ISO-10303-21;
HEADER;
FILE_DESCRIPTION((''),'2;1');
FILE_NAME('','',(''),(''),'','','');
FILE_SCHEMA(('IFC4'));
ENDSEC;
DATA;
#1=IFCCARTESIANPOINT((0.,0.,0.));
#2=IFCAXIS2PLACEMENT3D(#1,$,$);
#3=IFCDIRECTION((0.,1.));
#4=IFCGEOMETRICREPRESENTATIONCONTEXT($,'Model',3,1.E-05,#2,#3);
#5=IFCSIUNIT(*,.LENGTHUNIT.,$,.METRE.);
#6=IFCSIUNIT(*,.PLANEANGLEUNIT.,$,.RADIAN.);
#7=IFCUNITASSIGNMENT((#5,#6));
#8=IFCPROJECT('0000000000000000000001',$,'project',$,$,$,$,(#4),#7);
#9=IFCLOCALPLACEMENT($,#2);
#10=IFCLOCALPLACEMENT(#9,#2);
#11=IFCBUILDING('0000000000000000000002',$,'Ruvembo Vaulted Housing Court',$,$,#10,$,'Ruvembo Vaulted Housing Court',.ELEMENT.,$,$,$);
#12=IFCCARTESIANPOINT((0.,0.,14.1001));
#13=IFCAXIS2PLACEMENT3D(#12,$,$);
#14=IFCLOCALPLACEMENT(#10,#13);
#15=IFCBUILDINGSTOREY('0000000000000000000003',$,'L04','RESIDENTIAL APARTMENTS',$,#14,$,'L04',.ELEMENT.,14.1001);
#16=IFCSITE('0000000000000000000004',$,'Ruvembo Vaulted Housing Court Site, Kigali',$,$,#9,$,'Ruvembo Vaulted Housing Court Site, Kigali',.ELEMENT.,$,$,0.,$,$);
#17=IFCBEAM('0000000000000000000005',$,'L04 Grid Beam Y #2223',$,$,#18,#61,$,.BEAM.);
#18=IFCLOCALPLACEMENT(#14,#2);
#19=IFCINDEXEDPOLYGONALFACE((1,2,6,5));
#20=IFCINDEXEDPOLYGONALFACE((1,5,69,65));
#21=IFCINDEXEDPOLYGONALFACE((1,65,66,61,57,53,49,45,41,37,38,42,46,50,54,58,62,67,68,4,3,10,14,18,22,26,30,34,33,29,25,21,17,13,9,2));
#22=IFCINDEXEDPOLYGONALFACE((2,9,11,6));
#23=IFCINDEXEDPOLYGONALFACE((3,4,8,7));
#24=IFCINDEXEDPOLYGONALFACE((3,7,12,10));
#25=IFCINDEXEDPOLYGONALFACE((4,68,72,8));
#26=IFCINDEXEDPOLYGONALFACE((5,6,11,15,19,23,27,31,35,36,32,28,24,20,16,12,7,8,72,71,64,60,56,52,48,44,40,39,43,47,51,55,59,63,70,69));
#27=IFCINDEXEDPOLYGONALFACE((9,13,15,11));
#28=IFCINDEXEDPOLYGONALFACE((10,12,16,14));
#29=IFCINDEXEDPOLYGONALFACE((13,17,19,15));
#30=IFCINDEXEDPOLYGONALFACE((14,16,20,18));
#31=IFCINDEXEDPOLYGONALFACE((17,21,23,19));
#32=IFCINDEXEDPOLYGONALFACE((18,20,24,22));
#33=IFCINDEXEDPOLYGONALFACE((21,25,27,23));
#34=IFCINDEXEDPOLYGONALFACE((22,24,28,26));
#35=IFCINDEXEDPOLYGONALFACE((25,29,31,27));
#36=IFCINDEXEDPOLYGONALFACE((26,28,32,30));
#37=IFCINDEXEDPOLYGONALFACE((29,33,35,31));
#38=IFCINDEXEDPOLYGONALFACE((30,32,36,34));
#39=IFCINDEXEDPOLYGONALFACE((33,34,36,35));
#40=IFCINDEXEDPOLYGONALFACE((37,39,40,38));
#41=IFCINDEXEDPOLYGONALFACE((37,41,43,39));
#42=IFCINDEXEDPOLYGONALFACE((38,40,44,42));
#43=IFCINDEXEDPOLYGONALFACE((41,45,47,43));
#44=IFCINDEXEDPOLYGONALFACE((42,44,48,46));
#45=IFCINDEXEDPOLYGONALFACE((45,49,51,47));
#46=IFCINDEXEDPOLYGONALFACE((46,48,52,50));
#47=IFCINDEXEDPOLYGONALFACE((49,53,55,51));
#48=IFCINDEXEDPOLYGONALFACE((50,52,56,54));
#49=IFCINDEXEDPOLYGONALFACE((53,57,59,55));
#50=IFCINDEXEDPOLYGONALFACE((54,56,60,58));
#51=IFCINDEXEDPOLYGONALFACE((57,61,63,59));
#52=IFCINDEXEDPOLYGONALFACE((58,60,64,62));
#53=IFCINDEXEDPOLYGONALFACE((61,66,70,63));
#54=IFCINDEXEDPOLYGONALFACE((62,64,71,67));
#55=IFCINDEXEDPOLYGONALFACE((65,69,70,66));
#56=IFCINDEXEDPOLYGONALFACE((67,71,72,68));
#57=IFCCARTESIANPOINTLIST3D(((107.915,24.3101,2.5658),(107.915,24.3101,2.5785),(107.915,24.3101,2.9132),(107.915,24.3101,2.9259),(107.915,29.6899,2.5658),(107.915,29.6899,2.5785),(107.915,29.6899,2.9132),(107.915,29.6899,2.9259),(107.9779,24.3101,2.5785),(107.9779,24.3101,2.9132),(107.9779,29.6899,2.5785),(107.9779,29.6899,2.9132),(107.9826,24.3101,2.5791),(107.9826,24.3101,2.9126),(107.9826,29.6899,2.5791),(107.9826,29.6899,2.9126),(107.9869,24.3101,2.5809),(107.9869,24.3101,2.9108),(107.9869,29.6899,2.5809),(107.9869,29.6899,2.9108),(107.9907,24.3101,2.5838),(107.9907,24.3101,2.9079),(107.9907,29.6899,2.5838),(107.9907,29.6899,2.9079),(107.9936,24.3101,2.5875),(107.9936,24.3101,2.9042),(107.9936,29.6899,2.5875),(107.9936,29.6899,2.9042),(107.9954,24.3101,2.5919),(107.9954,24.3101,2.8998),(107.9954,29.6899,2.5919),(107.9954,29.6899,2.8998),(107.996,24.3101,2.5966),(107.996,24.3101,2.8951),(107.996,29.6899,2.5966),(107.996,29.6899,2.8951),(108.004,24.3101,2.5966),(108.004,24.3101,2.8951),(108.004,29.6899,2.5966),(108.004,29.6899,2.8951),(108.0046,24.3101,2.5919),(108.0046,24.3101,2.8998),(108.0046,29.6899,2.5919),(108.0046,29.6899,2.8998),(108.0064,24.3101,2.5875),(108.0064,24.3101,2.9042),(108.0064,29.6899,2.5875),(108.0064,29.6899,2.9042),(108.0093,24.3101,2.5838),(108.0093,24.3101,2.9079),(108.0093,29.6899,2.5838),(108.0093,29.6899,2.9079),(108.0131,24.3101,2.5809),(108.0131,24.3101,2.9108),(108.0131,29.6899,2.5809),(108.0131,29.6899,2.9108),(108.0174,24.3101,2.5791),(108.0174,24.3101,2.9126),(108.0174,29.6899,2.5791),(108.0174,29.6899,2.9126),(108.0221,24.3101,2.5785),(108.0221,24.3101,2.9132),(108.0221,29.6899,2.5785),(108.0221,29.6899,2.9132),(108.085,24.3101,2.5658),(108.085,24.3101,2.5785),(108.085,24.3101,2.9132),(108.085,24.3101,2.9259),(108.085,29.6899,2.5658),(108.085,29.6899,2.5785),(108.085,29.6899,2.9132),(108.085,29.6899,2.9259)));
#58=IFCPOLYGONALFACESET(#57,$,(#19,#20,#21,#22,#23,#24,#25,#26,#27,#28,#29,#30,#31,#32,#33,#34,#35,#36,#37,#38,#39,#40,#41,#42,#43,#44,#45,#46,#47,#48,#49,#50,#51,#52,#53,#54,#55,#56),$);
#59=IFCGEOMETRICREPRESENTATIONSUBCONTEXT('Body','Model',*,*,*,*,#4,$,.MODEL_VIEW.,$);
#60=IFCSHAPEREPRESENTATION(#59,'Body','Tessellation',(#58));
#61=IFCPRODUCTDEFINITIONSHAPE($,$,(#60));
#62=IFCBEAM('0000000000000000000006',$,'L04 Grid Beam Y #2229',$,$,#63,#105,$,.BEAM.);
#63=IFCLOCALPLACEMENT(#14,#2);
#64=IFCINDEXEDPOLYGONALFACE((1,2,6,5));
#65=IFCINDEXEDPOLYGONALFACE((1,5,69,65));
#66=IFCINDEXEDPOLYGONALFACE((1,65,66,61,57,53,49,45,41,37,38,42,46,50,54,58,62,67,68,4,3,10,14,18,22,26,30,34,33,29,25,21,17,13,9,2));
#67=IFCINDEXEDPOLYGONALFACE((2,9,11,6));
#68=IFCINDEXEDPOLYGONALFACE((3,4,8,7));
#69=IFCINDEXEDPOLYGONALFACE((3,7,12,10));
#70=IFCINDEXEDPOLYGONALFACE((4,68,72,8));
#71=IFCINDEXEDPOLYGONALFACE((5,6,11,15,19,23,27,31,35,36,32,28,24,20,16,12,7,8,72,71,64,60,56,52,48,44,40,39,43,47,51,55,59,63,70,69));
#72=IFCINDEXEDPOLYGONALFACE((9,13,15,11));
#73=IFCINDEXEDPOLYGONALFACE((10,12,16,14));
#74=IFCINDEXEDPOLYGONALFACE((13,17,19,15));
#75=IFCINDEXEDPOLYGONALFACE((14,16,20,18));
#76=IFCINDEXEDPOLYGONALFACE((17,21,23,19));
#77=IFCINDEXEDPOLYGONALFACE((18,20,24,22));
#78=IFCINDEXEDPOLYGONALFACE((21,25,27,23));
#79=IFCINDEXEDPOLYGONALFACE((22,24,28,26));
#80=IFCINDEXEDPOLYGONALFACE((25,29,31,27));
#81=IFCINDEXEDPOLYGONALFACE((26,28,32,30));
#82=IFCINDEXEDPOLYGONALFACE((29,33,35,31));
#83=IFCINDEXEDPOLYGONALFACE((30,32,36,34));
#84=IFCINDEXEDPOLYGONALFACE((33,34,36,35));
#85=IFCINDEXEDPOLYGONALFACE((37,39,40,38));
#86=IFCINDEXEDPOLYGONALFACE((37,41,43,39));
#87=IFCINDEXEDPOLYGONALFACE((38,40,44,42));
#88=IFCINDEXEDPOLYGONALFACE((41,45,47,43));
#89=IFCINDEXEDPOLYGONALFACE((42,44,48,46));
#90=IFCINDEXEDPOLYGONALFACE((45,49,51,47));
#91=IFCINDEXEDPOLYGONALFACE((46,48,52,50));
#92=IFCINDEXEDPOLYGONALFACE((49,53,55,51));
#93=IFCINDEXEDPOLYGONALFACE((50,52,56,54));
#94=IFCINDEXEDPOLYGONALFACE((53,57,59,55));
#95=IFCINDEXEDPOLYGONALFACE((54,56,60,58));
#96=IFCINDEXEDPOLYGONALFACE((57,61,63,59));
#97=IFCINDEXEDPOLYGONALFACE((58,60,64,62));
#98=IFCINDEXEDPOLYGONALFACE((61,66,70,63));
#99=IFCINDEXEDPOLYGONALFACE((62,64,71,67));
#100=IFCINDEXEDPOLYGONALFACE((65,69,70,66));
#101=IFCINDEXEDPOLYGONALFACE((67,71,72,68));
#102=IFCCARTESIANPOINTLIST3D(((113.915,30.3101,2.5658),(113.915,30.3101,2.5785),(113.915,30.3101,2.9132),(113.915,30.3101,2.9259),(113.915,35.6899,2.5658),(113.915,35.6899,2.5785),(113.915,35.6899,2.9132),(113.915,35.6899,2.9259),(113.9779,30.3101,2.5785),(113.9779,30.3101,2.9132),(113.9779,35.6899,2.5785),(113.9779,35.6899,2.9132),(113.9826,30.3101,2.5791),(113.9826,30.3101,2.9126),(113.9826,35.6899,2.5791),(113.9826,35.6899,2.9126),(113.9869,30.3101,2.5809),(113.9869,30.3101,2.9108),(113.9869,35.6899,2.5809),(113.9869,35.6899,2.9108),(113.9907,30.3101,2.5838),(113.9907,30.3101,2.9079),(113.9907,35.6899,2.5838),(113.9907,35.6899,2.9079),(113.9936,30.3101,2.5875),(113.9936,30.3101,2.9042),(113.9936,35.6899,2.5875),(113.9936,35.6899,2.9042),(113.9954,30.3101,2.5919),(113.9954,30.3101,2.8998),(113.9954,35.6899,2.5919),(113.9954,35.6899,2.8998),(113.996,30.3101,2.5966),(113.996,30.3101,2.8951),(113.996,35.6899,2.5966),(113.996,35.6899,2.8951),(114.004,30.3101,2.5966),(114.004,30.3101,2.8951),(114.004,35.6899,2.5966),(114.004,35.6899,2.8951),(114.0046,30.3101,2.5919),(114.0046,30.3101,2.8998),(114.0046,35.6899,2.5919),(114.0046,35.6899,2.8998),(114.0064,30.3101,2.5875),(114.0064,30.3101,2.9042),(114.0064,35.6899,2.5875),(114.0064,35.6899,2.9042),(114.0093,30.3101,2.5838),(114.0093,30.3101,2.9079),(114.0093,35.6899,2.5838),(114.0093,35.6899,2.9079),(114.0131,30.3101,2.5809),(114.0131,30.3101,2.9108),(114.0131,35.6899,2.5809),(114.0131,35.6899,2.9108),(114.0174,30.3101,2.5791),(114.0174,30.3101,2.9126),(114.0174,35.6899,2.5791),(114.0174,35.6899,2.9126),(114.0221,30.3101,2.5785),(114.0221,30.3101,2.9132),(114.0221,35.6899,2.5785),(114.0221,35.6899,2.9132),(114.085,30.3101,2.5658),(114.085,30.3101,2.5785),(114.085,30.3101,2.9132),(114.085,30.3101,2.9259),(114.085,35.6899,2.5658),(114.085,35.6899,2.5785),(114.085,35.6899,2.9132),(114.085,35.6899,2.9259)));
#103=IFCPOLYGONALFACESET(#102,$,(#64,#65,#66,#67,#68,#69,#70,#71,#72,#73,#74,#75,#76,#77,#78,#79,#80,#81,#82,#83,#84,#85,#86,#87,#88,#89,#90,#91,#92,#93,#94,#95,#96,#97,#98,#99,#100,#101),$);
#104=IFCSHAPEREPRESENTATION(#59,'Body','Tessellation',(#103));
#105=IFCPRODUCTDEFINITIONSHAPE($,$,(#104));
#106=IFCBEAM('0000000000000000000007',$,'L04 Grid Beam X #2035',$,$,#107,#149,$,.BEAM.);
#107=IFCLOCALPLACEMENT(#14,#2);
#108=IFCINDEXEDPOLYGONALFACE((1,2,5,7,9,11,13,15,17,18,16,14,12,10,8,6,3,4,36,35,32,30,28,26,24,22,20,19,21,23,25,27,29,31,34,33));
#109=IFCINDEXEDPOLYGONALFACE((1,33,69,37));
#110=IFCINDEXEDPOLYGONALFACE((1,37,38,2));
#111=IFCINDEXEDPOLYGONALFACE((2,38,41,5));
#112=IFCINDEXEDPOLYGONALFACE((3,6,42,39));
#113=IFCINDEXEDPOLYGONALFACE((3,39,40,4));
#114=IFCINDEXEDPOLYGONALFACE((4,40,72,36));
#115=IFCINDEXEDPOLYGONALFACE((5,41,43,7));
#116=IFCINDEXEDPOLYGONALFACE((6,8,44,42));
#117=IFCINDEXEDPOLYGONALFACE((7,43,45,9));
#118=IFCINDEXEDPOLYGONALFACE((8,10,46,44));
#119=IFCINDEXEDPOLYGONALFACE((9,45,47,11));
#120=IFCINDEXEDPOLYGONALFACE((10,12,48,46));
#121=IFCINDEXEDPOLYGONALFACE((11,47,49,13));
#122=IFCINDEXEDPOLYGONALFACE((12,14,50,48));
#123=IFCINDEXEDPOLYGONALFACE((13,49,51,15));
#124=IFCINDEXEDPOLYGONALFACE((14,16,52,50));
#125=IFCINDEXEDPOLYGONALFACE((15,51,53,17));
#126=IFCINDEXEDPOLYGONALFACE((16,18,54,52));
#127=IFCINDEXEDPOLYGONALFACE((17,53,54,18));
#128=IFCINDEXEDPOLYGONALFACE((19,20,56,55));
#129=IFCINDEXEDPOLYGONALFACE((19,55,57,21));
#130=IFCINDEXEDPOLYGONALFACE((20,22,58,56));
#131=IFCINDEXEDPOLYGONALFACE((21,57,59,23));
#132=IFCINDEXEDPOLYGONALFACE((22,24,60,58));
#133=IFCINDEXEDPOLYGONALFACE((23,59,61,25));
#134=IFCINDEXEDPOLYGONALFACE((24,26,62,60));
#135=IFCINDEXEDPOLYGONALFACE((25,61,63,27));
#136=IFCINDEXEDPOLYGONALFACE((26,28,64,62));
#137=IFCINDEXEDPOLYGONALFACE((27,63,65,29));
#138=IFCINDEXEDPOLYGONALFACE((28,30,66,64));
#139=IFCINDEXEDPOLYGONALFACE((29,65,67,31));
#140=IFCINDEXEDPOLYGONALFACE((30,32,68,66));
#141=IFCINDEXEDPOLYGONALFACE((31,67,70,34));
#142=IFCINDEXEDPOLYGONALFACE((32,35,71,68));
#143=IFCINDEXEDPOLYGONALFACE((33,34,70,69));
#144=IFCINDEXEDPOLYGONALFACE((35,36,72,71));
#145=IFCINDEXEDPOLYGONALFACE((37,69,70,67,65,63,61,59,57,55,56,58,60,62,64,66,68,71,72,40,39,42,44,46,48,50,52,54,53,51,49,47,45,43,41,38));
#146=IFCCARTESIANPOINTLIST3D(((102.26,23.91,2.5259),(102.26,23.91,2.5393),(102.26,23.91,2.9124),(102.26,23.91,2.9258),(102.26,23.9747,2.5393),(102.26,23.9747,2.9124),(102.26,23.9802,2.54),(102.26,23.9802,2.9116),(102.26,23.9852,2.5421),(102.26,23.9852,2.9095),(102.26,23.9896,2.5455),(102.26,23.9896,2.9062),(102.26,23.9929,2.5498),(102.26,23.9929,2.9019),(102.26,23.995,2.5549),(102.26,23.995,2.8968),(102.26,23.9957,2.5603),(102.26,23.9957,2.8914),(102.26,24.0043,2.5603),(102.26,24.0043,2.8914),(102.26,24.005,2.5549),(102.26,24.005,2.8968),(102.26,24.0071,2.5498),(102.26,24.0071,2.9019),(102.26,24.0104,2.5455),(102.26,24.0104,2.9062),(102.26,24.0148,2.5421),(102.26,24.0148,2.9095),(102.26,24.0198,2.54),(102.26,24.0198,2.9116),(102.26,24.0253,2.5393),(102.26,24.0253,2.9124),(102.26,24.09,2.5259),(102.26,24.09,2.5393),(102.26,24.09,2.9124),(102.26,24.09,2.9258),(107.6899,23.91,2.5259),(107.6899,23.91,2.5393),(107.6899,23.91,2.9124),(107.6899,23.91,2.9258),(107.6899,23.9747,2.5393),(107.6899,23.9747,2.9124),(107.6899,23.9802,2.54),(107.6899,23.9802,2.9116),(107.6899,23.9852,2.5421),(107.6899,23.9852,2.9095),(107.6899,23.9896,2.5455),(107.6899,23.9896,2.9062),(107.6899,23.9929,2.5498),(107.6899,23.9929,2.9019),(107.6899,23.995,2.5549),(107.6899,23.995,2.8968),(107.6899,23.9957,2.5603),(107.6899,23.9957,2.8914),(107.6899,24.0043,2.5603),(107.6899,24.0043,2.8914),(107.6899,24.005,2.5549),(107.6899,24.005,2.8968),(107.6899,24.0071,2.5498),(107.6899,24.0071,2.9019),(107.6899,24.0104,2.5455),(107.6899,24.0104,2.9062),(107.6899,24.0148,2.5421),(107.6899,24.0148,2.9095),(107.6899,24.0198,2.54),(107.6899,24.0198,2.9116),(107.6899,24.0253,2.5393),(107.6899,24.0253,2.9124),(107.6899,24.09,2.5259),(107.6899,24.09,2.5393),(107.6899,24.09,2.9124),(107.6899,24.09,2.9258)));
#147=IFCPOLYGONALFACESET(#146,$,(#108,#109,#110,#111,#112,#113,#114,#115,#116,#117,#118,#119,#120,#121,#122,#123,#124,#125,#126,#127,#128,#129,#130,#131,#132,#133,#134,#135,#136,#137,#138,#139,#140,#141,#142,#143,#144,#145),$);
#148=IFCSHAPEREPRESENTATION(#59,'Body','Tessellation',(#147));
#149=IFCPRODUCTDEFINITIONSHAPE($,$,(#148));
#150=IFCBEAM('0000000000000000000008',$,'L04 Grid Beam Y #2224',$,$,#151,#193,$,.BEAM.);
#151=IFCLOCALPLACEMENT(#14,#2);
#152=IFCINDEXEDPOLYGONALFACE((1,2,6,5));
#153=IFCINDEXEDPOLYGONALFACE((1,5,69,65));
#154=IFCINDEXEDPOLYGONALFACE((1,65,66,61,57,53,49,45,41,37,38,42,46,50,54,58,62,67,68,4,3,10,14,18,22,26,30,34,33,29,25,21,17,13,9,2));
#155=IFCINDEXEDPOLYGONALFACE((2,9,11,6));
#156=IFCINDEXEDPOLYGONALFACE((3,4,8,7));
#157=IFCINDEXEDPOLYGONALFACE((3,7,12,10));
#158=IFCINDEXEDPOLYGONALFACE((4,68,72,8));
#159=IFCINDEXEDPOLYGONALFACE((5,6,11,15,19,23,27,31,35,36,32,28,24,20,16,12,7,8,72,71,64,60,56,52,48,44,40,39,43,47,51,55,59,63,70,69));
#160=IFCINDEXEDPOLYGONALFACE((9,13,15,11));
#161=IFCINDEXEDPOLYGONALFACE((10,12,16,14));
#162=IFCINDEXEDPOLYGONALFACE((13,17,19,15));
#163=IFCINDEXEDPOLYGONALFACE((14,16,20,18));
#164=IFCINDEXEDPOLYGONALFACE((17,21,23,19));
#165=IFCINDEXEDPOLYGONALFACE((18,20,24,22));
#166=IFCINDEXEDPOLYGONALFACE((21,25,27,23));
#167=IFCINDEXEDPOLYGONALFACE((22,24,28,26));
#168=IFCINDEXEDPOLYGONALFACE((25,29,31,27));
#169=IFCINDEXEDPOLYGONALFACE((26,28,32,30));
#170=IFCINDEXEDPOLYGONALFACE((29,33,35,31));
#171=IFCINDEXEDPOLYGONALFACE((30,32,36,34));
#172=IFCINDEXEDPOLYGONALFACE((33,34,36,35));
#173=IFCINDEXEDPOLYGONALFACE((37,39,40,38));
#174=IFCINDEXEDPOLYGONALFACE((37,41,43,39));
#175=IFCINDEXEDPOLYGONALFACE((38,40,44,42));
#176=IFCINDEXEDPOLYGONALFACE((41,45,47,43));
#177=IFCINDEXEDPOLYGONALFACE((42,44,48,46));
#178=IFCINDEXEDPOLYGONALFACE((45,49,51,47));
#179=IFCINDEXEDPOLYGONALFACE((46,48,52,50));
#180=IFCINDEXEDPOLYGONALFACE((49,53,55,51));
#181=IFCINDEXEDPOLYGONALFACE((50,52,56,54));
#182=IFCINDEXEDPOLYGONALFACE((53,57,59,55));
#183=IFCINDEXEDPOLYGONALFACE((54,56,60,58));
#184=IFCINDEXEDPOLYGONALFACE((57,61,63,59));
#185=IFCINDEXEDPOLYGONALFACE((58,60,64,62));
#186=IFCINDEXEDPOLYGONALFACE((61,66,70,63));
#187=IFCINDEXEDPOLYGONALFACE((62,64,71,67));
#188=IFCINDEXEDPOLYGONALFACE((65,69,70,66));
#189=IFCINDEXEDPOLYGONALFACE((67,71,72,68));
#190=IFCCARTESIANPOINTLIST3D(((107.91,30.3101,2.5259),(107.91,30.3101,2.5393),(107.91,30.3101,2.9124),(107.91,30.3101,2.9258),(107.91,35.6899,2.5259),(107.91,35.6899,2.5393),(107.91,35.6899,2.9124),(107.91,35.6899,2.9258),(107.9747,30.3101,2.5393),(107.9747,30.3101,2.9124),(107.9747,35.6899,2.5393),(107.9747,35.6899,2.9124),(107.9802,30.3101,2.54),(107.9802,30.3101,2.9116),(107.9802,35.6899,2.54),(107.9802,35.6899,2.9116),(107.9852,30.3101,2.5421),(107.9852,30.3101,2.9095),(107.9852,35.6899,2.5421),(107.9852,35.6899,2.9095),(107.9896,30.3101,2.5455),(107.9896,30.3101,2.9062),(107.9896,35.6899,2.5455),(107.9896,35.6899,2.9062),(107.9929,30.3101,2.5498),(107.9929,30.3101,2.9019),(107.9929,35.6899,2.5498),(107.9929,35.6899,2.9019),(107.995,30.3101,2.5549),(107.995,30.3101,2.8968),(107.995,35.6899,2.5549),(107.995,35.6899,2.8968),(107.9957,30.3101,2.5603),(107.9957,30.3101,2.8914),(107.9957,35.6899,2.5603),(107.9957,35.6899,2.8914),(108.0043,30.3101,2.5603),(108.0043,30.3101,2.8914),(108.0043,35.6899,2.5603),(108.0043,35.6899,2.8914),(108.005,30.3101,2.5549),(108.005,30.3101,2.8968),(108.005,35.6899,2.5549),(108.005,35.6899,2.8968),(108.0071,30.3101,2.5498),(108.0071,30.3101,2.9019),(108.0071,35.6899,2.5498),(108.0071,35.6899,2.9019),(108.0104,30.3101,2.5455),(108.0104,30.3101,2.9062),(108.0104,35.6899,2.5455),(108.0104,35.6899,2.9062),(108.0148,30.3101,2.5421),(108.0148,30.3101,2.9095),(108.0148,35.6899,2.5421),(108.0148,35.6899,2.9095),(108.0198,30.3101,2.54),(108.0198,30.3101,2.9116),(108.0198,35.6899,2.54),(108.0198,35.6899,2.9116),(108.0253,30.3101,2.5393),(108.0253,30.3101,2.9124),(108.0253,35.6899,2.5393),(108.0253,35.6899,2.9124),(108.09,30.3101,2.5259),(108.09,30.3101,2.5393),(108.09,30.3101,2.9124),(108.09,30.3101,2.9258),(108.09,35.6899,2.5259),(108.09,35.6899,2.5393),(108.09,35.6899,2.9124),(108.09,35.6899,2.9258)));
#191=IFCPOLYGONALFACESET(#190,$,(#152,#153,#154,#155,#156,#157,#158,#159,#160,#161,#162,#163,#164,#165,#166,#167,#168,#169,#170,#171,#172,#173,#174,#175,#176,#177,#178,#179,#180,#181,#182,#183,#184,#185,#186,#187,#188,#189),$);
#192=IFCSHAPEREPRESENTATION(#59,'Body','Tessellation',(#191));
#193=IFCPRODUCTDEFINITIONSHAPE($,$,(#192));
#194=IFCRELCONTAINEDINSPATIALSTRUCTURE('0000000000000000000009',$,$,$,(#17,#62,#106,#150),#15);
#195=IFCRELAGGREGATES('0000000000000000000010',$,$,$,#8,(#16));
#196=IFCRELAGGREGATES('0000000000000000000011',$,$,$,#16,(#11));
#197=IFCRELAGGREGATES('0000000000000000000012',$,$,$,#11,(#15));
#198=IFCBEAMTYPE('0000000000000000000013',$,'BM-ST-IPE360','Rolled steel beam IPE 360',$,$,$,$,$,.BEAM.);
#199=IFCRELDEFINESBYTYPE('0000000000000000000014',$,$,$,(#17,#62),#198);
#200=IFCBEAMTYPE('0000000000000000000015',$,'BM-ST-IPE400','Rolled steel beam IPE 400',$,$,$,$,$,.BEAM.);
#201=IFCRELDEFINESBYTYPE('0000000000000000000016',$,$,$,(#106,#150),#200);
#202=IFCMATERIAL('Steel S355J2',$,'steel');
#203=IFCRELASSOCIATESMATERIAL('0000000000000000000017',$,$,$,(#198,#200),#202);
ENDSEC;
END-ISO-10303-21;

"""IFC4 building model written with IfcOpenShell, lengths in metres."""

from ifc_helpers import new_model, si_unit, direction, frame, origin, origin_2d, place, context, subcontext, project, spatial, i_section, extrude, material, material_profile, profile_set, type_object, element, save


model = new_model("IFC4")

# Units and contexts
model_context = context("Model", 3, precision=1e-05, world=origin(), true_north=direction((0.0, 1.0)))
body_context = subcontext(model_context, "Body", "Model", "MODEL_VIEW")
ifc_project = project(units=[si_unit("LENGTHUNIT", "METRE"), si_unit("PLANEANGLEUNIT", "RADIAN")], contexts=[model_context])

# Site, building, storey
site_placement = place(None, origin())
site = spatial("IfcSite", under=ifc_project, at=site_placement, Name="Ruvembo Vaulted Housing Court Site, Kigali", LongName="Ruvembo Vaulted Housing Court Site, Kigali", CompositionType="ELEMENT", RefElevation=0.0)
building_placement = place(site_placement, origin())
building = spatial("IfcBuilding", under=site, at=building_placement, Name="Ruvembo Vaulted Housing Court", LongName="Ruvembo Vaulted Housing Court", CompositionType="ELEMENT")
storey_placement = place(building_placement, frame((0.0, 0.0, 14.1001)))
storey = spatial("IfcBuildingStorey", under=building, at=storey_placement, Name="L04", Description="RESIDENTIAL APARTMENTS", LongName="L04", CompositionType="ELEMENT", Elevation=14.1001)

# Beams
ifc_material_1 = material(Name="Steel S355J2", Category="steel")
ifc_material_profile_1 = material_profile(ifc_material_1, i_section(OverallWidth=0.1699, OverallDepth=0.3601, WebThickness=0.0081, FlangeThickness=0.0127, FilletRadius=0.0181, at=origin_2d()), Name="IPE 360")
ifc_profile_set_1 = profile_set([ifc_material_profile_1], Name="Steel S355J2")
beam_type_1 = type_object("IfcBeamType", Name="BM-ST-IPE360", Description="Rolled steel beam IPE 360", PredefinedType="BEAM", material=ifc_profile_set_1)
for number, where, z_axis, x_axis, name in (
    (1, (108.0, 24.3101, 2.7458), (0.0, 1.0, 0.0), (-1.0, 0.0, 0.0), "L04 Grid Beam Y #2223"),
    (2, (114.0, 30.3101, 2.7458), (0.0, 1.0, 0.0), (-1.0, 0.0, 0.0), "L04 Grid Beam Y #2229"),
):
    element("IfcBeam", number, at=place(storey_placement, frame(where, z_axis=z_axis, x_axis=x_axis)), inside=storey, type_object=beam_type_1, Name=name, PredefinedType="BEAM", context=body_context, shape_type="SweptSolid", body=[
        extrude(i_section(OverallWidth=0.1699, OverallDepth=0.3601, WebThickness=0.0081, FlangeThickness=0.0127, FilletRadius=0.0181, at=origin_2d()), origin(), (0.0, 0.0, 1.0), 5.3799),
    ])
ifc_material_profile_2 = material_profile(ifc_material_1, i_section(OverallWidth=0.1799, OverallDepth=0.3999, WebThickness=0.0085, FlangeThickness=0.0134, FilletRadius=0.021, at=origin_2d()), Name="IPE 400")
ifc_profile_set_2 = profile_set([ifc_material_profile_2], Name="Steel S355J2")
beam_type_2 = type_object("IfcBeamType", Name="BM-ST-IPE400", Description="Rolled steel beam IPE 400", PredefinedType="BEAM", material=ifc_profile_set_2)
beam_1_placement = place(storey_placement, frame((102.26, 24.0, 2.7258), z_axis=(1.0, 0.0, 0.0), x_axis=(0.0, 1.0, 0.0)))
element("IfcBeam", 3, at=beam_1_placement, inside=storey, type_object=beam_type_2, Name="L04 Grid Beam X #2035", PredefinedType="BEAM", context=body_context, shape_type="SweptSolid", body=[
    extrude(i_section(OverallWidth=0.1799, OverallDepth=0.3999, WebThickness=0.0085, FlangeThickness=0.0134, FilletRadius=0.021, at=origin_2d()), origin(), (0.0, 0.0, 1.0), 5.4299),
])
beam_2_placement = place(storey_placement, frame((108.0, 30.3101, 2.7258), z_axis=(0.0, 1.0, 0.0), x_axis=(-1.0, 0.0, 0.0)))
element("IfcBeam", 4, at=beam_2_placement, inside=storey, type_object=beam_type_2, Name="L04 Grid Beam Y #2224", PredefinedType="BEAM", context=body_context, shape_type="SweptSolid", body=[
    extrude(i_section(OverallWidth=0.1799, OverallDepth=0.3999, WebThickness=0.0085, FlangeThickness=0.0134, FilletRadius=0.021, at=origin_2d()), origin(), (0.0, 0.0, 1.0), 5.3799),
])

save(model, "model.ifc")
